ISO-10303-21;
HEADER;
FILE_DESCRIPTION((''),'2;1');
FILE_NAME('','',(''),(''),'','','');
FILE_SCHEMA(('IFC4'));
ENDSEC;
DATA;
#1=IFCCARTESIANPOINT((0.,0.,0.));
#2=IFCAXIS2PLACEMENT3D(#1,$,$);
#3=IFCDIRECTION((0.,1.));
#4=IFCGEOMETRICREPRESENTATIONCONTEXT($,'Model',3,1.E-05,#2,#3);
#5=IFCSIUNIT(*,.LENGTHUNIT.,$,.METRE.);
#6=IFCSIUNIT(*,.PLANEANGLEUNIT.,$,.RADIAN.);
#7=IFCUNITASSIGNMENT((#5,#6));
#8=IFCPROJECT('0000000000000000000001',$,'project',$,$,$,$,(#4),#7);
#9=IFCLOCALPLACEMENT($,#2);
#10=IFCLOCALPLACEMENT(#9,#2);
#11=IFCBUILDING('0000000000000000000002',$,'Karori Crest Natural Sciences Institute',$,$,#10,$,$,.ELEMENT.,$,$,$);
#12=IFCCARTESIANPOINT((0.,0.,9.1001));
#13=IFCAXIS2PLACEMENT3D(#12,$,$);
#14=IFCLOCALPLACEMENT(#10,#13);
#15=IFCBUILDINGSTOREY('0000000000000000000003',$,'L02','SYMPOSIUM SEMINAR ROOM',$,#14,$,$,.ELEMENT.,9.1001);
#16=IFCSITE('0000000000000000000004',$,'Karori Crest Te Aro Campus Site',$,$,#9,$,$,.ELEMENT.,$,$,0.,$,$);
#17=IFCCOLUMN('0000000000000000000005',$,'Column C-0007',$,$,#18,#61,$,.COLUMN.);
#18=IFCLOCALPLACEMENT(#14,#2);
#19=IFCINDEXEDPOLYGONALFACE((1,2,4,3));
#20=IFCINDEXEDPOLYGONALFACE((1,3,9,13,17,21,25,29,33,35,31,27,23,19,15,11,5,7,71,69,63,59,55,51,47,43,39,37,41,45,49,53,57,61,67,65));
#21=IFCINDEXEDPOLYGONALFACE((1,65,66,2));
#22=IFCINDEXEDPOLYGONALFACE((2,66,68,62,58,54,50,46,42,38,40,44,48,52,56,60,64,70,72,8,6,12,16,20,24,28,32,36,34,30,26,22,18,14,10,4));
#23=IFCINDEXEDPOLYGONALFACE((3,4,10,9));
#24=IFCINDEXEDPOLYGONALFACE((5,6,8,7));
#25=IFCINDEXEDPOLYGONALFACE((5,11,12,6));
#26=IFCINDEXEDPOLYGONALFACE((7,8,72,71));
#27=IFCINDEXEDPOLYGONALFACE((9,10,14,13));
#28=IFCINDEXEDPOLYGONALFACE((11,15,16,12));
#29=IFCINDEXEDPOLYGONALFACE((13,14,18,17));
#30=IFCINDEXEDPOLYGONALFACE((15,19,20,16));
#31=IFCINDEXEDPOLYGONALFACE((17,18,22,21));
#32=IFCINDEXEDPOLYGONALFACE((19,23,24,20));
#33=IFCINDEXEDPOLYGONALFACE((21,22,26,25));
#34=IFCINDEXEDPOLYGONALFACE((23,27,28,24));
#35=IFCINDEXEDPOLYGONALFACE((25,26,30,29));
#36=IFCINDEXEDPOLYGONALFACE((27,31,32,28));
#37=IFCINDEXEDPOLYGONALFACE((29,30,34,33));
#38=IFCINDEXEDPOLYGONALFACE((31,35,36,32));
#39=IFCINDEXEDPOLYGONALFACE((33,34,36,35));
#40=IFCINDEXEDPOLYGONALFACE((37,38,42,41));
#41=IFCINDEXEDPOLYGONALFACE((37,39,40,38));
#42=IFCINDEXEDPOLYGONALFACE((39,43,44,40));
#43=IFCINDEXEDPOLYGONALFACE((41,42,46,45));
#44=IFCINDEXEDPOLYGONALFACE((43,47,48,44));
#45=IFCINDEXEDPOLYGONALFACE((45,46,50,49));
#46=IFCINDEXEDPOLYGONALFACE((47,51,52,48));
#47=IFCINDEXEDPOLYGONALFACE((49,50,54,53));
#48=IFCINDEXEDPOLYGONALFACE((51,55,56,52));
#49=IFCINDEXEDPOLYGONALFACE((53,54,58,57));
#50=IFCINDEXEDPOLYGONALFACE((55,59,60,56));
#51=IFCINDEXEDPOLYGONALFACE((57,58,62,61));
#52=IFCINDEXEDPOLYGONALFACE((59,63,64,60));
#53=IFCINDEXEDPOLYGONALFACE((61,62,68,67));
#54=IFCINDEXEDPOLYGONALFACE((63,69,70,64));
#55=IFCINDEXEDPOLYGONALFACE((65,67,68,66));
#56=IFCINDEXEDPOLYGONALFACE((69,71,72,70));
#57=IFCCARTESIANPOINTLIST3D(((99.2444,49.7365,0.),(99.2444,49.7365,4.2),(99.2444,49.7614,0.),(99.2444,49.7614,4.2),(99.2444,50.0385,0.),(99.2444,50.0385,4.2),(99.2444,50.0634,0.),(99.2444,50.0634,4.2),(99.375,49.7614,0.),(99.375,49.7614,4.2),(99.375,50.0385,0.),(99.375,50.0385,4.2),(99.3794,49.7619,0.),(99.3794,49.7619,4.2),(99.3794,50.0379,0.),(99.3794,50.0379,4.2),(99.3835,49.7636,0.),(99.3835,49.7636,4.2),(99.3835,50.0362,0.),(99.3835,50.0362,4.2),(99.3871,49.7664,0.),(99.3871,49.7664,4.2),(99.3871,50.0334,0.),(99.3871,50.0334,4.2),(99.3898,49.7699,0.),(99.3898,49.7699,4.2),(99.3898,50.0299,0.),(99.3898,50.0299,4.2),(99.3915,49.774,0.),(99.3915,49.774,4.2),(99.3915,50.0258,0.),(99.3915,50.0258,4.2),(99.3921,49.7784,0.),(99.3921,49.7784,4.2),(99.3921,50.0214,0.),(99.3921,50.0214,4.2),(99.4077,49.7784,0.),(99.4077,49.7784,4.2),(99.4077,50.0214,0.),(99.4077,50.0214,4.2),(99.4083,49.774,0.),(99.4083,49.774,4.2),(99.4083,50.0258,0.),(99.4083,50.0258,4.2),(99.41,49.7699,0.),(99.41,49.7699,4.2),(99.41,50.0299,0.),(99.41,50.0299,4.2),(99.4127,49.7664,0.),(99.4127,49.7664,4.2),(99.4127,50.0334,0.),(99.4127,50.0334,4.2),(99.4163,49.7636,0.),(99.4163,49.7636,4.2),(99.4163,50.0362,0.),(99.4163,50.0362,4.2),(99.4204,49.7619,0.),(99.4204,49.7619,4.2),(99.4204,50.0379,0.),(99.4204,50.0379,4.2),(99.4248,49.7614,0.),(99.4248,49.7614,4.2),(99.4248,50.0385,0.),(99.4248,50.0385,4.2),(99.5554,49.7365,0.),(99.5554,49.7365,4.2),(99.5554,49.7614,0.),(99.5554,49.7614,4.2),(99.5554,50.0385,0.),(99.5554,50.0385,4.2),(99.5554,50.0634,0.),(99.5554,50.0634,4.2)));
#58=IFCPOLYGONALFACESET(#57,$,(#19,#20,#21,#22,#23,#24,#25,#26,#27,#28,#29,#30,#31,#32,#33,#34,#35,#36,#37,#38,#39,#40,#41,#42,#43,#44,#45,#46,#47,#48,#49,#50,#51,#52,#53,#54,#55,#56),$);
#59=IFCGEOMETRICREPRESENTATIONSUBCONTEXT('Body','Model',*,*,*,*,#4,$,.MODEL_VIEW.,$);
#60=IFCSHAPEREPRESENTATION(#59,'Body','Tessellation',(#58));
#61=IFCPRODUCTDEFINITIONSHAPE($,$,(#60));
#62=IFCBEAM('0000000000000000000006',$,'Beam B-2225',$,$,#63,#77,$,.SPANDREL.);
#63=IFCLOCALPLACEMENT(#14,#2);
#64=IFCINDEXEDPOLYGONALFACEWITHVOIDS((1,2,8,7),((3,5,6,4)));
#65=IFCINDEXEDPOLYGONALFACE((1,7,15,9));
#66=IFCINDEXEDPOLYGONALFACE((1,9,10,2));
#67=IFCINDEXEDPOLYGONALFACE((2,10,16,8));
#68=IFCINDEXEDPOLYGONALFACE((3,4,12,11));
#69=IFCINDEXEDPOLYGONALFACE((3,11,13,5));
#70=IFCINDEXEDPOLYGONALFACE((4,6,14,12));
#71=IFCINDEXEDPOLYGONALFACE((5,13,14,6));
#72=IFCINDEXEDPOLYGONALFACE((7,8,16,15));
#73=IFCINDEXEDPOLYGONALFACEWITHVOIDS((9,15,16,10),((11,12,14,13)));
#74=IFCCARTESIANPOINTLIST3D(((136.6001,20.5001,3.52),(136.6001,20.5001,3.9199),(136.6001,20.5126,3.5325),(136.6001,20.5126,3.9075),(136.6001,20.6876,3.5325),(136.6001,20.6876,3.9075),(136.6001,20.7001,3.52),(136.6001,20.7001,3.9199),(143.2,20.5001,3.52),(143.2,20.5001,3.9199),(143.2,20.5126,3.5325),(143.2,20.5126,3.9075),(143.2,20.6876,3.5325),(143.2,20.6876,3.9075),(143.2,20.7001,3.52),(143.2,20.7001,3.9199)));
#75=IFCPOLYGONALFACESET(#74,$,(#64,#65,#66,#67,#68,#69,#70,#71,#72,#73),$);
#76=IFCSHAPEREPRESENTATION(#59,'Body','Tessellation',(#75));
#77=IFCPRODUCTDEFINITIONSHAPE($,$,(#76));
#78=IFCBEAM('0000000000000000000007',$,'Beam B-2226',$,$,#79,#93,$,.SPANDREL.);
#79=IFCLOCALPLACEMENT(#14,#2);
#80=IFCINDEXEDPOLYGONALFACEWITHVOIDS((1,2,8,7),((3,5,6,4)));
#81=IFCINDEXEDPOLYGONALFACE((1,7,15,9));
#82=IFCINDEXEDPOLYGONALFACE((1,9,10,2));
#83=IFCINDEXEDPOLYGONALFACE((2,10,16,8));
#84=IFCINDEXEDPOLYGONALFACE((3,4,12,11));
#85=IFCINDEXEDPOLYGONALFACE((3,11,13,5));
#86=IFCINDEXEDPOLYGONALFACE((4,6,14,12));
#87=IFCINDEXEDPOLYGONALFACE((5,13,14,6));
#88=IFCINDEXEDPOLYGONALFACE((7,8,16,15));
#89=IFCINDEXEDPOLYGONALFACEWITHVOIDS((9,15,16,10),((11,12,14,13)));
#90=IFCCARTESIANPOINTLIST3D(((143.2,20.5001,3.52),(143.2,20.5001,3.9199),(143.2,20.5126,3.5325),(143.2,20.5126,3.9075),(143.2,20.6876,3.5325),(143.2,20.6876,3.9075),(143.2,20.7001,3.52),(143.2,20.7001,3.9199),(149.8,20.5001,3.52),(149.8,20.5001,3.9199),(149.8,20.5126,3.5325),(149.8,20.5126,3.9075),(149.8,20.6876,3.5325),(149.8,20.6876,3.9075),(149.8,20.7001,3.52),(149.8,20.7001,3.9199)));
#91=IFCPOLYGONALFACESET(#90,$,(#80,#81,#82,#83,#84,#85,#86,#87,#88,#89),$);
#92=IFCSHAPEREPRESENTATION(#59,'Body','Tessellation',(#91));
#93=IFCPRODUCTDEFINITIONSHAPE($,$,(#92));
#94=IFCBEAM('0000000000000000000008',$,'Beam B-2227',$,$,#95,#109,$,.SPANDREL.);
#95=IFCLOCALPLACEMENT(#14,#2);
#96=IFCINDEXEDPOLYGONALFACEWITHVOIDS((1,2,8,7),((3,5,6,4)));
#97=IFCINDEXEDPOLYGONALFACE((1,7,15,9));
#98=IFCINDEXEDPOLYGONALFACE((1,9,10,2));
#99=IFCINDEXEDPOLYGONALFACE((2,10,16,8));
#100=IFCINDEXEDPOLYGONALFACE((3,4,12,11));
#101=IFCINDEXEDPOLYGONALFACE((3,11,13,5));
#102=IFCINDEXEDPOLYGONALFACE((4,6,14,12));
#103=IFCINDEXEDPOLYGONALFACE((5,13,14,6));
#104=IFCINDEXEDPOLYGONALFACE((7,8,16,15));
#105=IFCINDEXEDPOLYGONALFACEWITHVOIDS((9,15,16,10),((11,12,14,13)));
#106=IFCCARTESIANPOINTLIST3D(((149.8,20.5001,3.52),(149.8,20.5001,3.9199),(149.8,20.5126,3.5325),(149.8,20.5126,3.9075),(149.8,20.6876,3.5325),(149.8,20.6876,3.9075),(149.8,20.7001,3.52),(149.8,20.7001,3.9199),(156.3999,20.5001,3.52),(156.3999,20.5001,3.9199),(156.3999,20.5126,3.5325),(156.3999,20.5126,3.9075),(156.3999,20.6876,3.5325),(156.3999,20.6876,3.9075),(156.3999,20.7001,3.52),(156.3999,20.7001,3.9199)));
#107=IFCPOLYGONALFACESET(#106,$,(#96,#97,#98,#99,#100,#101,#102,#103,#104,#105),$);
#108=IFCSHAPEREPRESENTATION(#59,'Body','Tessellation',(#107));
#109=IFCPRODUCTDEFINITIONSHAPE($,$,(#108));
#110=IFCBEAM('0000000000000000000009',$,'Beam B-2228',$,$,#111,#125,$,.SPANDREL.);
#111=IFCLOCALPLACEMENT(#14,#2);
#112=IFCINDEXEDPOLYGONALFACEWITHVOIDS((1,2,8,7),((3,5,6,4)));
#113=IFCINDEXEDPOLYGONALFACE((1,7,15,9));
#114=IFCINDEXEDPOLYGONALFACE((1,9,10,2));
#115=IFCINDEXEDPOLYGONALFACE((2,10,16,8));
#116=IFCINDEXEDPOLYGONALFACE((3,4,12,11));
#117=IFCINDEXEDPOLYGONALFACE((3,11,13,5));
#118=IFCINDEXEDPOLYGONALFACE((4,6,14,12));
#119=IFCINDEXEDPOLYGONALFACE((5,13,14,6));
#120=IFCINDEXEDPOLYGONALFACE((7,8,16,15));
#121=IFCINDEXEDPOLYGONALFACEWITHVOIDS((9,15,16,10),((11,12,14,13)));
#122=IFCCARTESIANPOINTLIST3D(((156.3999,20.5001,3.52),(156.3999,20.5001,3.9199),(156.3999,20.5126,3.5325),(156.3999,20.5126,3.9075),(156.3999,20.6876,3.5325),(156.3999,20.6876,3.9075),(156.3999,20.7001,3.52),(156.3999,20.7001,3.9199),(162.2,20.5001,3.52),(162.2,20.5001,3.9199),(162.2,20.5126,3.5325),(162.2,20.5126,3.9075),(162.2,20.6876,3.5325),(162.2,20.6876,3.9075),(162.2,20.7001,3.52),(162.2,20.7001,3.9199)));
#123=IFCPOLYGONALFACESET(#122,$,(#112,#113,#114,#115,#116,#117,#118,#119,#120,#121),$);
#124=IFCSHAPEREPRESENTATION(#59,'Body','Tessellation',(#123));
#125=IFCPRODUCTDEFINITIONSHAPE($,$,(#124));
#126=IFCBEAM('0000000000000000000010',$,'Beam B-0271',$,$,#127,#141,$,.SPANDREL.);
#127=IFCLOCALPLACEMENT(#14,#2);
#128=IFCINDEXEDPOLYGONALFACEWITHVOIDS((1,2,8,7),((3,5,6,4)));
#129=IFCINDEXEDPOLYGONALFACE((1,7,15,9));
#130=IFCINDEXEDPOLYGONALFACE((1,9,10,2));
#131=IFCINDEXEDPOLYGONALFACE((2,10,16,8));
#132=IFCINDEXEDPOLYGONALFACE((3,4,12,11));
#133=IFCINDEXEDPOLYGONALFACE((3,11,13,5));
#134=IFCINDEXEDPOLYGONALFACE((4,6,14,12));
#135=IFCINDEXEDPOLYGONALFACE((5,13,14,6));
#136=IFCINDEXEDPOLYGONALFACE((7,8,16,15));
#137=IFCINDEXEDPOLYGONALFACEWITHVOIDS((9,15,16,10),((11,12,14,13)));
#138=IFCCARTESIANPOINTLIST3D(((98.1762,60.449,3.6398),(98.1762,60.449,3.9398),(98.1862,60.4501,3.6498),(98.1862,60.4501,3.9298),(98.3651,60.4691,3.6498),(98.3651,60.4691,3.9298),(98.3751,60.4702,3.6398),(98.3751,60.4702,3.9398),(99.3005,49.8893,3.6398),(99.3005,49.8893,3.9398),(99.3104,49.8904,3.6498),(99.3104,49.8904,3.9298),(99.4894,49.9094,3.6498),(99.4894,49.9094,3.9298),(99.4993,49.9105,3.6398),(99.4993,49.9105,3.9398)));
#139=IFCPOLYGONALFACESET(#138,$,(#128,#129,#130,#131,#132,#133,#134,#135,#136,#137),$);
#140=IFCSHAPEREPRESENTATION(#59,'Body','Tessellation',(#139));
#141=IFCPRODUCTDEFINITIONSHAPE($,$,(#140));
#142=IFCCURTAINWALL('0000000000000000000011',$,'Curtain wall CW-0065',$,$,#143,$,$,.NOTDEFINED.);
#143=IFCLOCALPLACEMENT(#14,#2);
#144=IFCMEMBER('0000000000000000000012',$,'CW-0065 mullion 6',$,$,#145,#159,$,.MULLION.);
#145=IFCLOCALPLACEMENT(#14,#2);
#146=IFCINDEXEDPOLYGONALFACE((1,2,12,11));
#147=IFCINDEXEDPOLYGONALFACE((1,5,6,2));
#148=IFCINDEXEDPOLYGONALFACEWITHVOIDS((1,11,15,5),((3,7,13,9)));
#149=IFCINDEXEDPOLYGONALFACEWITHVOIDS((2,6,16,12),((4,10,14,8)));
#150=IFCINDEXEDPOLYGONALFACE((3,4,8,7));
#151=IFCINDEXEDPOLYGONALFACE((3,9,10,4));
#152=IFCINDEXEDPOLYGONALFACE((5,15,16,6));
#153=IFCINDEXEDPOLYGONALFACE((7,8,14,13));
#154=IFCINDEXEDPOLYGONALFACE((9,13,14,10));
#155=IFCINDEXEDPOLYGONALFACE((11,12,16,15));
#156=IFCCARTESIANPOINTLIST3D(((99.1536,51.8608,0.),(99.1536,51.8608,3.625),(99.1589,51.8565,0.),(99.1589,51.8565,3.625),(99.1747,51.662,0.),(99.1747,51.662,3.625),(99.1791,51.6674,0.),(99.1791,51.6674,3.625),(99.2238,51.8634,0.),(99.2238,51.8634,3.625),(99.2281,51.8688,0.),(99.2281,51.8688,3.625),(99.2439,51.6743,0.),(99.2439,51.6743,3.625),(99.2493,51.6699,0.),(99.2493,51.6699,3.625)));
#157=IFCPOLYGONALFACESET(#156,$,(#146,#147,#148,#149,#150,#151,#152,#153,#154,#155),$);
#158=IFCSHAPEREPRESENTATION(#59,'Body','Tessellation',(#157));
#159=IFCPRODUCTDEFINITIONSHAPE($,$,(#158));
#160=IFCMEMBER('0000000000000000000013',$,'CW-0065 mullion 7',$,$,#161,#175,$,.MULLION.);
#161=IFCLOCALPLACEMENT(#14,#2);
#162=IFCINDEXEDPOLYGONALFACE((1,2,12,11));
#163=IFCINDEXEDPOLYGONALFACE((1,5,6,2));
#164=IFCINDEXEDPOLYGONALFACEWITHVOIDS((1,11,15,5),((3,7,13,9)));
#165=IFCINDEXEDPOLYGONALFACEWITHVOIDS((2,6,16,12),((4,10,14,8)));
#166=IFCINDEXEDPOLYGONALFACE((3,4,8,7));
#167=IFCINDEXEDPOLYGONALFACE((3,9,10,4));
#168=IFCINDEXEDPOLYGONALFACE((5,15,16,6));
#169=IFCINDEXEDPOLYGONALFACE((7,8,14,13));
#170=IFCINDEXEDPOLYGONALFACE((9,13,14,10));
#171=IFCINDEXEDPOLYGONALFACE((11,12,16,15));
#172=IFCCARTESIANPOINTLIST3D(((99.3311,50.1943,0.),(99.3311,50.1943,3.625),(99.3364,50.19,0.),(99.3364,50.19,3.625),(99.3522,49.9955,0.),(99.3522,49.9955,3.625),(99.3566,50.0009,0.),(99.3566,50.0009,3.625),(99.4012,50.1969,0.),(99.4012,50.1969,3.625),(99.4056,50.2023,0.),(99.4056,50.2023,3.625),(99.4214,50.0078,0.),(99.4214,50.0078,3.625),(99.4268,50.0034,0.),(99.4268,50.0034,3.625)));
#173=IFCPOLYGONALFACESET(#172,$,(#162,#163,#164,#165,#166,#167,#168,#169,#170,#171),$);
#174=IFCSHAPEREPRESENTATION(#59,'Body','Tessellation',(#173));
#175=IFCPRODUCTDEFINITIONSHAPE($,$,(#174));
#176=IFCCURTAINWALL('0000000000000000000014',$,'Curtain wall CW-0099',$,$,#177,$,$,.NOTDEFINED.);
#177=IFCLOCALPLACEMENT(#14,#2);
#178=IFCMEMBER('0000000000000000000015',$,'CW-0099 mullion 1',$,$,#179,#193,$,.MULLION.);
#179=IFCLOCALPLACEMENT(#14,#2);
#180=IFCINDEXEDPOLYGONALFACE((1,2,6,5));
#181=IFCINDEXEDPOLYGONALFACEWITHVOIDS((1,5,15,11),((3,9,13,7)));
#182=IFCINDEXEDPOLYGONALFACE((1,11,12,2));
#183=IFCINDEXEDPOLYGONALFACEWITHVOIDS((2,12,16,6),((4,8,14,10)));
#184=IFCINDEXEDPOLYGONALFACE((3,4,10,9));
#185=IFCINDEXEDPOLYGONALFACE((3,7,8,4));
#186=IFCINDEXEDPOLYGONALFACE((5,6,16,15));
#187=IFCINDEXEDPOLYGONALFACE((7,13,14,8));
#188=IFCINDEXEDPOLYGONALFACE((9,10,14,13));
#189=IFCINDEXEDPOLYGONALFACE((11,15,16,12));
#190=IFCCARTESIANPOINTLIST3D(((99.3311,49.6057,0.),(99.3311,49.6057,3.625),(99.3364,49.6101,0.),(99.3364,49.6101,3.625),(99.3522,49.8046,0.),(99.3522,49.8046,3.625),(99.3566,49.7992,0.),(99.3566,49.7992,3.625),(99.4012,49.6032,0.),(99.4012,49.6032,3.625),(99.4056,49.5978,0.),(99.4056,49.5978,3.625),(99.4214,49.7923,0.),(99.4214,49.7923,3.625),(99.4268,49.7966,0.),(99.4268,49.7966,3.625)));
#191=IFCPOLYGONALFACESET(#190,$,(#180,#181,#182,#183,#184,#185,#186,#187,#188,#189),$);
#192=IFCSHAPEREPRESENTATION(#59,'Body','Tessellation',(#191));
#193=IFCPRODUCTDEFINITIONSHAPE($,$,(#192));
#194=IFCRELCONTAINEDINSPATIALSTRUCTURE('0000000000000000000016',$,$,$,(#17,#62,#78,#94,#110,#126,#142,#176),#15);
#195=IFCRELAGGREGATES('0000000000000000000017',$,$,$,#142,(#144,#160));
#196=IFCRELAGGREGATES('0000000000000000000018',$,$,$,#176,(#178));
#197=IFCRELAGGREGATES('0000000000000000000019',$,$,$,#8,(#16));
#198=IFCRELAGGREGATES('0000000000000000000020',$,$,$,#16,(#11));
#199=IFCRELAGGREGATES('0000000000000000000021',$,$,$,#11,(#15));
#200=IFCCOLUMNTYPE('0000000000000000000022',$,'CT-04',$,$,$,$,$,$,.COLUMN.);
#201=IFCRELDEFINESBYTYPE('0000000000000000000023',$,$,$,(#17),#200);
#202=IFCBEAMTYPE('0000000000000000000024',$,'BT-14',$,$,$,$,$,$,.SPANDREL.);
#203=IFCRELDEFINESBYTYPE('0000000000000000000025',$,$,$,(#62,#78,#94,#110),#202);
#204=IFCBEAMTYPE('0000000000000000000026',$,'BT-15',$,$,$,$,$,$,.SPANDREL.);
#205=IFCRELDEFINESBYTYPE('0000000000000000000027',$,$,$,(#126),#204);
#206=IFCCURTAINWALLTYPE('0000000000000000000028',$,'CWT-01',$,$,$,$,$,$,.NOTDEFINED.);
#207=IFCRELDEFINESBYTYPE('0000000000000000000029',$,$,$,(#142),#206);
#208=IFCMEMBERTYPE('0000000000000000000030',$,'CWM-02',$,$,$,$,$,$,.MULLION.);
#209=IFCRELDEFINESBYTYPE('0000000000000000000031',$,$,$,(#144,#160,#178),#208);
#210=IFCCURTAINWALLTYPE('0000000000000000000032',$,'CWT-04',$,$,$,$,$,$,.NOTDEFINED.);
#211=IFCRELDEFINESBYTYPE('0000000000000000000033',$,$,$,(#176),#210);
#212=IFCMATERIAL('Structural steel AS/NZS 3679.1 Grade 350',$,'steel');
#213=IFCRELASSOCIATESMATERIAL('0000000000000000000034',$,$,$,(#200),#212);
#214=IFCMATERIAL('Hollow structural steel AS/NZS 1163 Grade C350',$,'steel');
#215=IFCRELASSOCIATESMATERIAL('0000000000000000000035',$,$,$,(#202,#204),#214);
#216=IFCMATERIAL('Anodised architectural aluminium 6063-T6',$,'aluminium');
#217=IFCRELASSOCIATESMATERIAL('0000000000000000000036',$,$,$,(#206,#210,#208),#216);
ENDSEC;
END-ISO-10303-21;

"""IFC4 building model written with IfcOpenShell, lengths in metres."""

from ifc_helpers import new_model, si_unit, direction, frame, origin, origin_2d, place, context, subcontext, project, spatial, hollow_rectangle, i_section, extrude, material, material_profile, profile_set, type_object, element, aggregate, save


model = new_model("IFC4")

# Units and contexts
model_context = context("Model", 3, precision=1e-05, world=origin(), true_north=direction((0.0, 1.0)))
body_context = subcontext(model_context, "Body", "Model", "MODEL_VIEW")
ifc_project = project(units=[si_unit("LENGTHUNIT", "METRE"), si_unit("PLANEANGLEUNIT", "RADIAN")], contexts=[model_context])

# Site, building, storey
site_placement = place(None, origin())
site = spatial("IfcSite", under=ifc_project, at=site_placement, Name="Karori Crest Te Aro Campus Site", CompositionType="ELEMENT", RefElevation=0.0)
building_placement = place(site_placement, origin())
building = spatial("IfcBuilding", under=site, at=building_placement, Name="Karori Crest Natural Sciences Institute", CompositionType="ELEMENT")
storey_placement = place(building_placement, frame((0.0, 0.0, 9.1001)))
storey = spatial("IfcBuildingStorey", under=building, at=storey_placement, Name="L02", Description="SYMPOSIUM SEMINAR ROOM", CompositionType="ELEMENT", Elevation=9.1001)

# Column
ifc_material_1 = material(Name="Structural steel AS/NZS 3679.1 Grade 350", Category="steel")
ifc_material_profile_1 = material_profile(ifc_material_1, i_section(OverallWidth=0.311, OverallDepth=0.3269, WebThickness=0.0156, FlangeThickness=0.0249, FilletRadius=0.0171, at=origin_2d()), Name="310UC158")
ifc_profile_set_1 = profile_set([ifc_material_profile_1], Name="Structural steel AS/NZS 3679.1 Grade 350")
column_type_1 = type_object("IfcColumnType", Name="CT-04", PredefinedType="COLUMN", material=ifc_profile_set_1)
column_placement = place(storey_placement, frame((99.3999, 49.8999, 0.0), z_axis=(0.0, 0.0, 1.0), x_axis=(1.0, 0.0, 0.0)))
element("IfcColumn", 1, at=column_placement, inside=storey, type_object=column_type_1, Name="Column C-0007", PredefinedType="COLUMN", context=body_context, shape_type="SweptSolid", body=[
    extrude(i_section(OverallWidth=0.311, OverallDepth=0.3269, WebThickness=0.0156, FlangeThickness=0.0249, FilletRadius=0.0171, at=origin_2d()), origin(), (0.0, 0.0, 1.0), 4.2),
])

# Beams
ifc_material_2 = material(Name="Hollow structural steel AS/NZS 1163 Grade C350", Category="steel")
ifc_material_profile_2 = material_profile(ifc_material_2, hollow_rectangle(XDim=0.2, YDim=0.3999, WallThickness=0.0125, at=origin_2d()), Name="RHS400x200x12.5")
ifc_profile_set_2 = profile_set([ifc_material_profile_2], Name="Hollow structural steel AS/NZS 1163 Grade C350")
beam_type_1 = type_object("IfcBeamType", Name="BT-14", PredefinedType="SPANDREL", material=ifc_profile_set_2)
beam_1_placement = place(storey_placement, frame((136.6001, 20.6001, 3.72), z_axis=(1.0, 0.0, 0.0), x_axis=(0.0, 1.0, 0.0)))
element("IfcBeam", 2, at=beam_1_placement, inside=storey, type_object=beam_type_1, Name="Beam B-2225", PredefinedType="SPANDREL", context=body_context, shape_type="SweptSolid", body=[
    extrude(hollow_rectangle(XDim=0.2, YDim=0.3999, WallThickness=0.0125, at=origin_2d()), origin(), (0.0, 0.0, 1.0), 6.5999),
])
beam_2_placement = place(storey_placement, frame((143.2, 20.6001, 3.72), z_axis=(1.0, 0.0, 0.0), x_axis=(0.0, 1.0, 0.0)))
element("IfcBeam", 3, at=beam_2_placement, inside=storey, type_object=beam_type_1, Name="Beam B-2226", PredefinedType="SPANDREL", context=body_context, shape_type="SweptSolid", body=[
    extrude(hollow_rectangle(XDim=0.2, YDim=0.3999, WallThickness=0.0125, at=origin_2d()), origin(), (0.0, 0.0, 1.0), 6.6001),
])
beam_3_placement = place(storey_placement, frame((149.8, 20.6001, 3.72), z_axis=(1.0, 0.0, 0.0), x_axis=(0.0, 1.0, 0.0)))
element("IfcBeam", 4, at=beam_3_placement, inside=storey, type_object=beam_type_1, Name="Beam B-2227", PredefinedType="SPANDREL", context=body_context, shape_type="SweptSolid", body=[
    extrude(hollow_rectangle(XDim=0.2, YDim=0.3999, WallThickness=0.0125, at=origin_2d()), origin(), (0.0, 0.0, 1.0), 6.5999),
])
beam_4_placement = place(storey_placement, frame((156.3999, 20.6001, 3.72), z_axis=(1.0, 0.0, 0.0), x_axis=(0.0, 1.0, 0.0)))
element("IfcBeam", 5, at=beam_4_placement, inside=storey, type_object=beam_type_1, Name="Beam B-2228", PredefinedType="SPANDREL", context=body_context, shape_type="SweptSolid", body=[
    extrude(hollow_rectangle(XDim=0.2, YDim=0.3999, WallThickness=0.0125, at=origin_2d()), origin(), (0.0, 0.0, 1.0), 5.8),
])
ifc_material_profile_3 = material_profile(ifc_material_2, hollow_rectangle(XDim=0.2, YDim=0.3, WallThickness=0.01, at=origin_2d()), Name="RHS300x200x10")
ifc_profile_set_3 = profile_set([ifc_material_profile_3], Name="Hollow structural steel AS/NZS 1163 Grade C350")
beam_type_2 = type_object("IfcBeamType", Name="BT-15", PredefinedType="SPANDREL", material=ifc_profile_set_3)
beam_5_placement = place(storey_placement, frame((99.3999, 49.8999, 3.7898), z_axis=(-0.105868, 0.99438, 0.0), x_axis=(-0.99438, -0.105868, 0.0)))
element("IfcBeam", 6, at=beam_5_placement, inside=storey, type_object=beam_type_2, Name="Beam B-0271", PredefinedType="SPANDREL", context=body_context, shape_type="SweptSolid", body=[
    extrude(hollow_rectangle(XDim=0.2, YDim=0.3, WallThickness=0.01, at=origin_2d()), origin(), (0.0, 0.0, 1.0), 10.6194),
])

# Curtain walls, members
ifc_material_3 = material(Name="Anodised architectural aluminium 6063-T6", Category="aluminium")
curtain_wall_type_1 = type_object("IfcCurtainWallType", Name="CWT-01", PredefinedType="NOTDEFINED", material=ifc_material_3)
curtain_wall_1_placement = place(storey_placement, origin())
curtain_wall_1 = element("IfcCurtainWall", 7, at=curtain_wall_1_placement, inside=storey, type_object=curtain_wall_type_1, Name="Curtain wall CW-0065", PredefinedType="NOTDEFINED")
ifc_material_profile_4 = material_profile(ifc_material_3, hollow_rectangle(XDim=0.075, YDim=0.2, WallThickness=0.0049, at=origin_2d()), Name="CWM200x75x5")
ifc_profile_set_4 = profile_set([ifc_material_profile_4], Name="Anodised architectural aluminium 6063-T6")
member_type_1 = type_object("IfcMemberType", Name="CWM-02", PredefinedType="MULLION", material=ifc_profile_set_4)
member_1_placement = place(storey_placement, frame((99.2014, 51.7654, 0.0), z_axis=(0.0, 0.0, 1.0), x_axis=(0.994379, 0.105882, 0.0)))
member_1 = element("IfcMember", 8, at=member_1_placement, type_object=member_type_1, Name="CW-0065 mullion 6", PredefinedType="MULLION", context=body_context, shape_type="SweptSolid", body=[
    extrude(hollow_rectangle(XDim=0.075, YDim=0.2, WallThickness=0.0049, at=origin_2d()), origin(), (0.0, 0.0, 1.0), 3.625),
])
member_2_placement = place(storey_placement, frame((99.3789, 50.0989, 0.0), z_axis=(0.0, 0.0, 1.0), x_axis=(0.994379, 0.105882, 0.0)))
member_2 = element("IfcMember", 9, at=member_2_placement, type_object=member_type_1, Name="CW-0065 mullion 7", PredefinedType="MULLION", context=body_context, shape_type="SweptSolid", body=[
    extrude(hollow_rectangle(XDim=0.075, YDim=0.2, WallThickness=0.0049, at=origin_2d()), origin(), (0.0, 0.0, 1.0), 3.625),
])
curtain_wall_type_2 = type_object("IfcCurtainWallType", Name="CWT-04", PredefinedType="NOTDEFINED", material=ifc_material_3)
curtain_wall_2_placement = place(storey_placement, origin())
curtain_wall_2 = element("IfcCurtainWall", 10, at=curtain_wall_2_placement, inside=storey, type_object=curtain_wall_type_2, Name="Curtain wall CW-0099", PredefinedType="NOTDEFINED")
member_3_placement = place(storey_placement, frame((99.3789, 49.7012, 0.0), z_axis=(0.0, 0.0, 1.0), x_axis=(0.994378, -0.105884, 0.0)))
member_3 = element("IfcMember", 11, at=member_3_placement, type_object=member_type_1, Name="CW-0099 mullion 1", PredefinedType="MULLION", context=body_context, shape_type="SweptSolid", body=[
    extrude(hollow_rectangle(XDim=0.075, YDim=0.2, WallThickness=0.0049, at=origin_2d()), origin(), (0.0, 0.0, 1.0), 3.625),
])

aggregate(curtain_wall_1, [member_1, member_2])
aggregate(curtain_wall_2, [member_3])

save(model, "model.ifc")
